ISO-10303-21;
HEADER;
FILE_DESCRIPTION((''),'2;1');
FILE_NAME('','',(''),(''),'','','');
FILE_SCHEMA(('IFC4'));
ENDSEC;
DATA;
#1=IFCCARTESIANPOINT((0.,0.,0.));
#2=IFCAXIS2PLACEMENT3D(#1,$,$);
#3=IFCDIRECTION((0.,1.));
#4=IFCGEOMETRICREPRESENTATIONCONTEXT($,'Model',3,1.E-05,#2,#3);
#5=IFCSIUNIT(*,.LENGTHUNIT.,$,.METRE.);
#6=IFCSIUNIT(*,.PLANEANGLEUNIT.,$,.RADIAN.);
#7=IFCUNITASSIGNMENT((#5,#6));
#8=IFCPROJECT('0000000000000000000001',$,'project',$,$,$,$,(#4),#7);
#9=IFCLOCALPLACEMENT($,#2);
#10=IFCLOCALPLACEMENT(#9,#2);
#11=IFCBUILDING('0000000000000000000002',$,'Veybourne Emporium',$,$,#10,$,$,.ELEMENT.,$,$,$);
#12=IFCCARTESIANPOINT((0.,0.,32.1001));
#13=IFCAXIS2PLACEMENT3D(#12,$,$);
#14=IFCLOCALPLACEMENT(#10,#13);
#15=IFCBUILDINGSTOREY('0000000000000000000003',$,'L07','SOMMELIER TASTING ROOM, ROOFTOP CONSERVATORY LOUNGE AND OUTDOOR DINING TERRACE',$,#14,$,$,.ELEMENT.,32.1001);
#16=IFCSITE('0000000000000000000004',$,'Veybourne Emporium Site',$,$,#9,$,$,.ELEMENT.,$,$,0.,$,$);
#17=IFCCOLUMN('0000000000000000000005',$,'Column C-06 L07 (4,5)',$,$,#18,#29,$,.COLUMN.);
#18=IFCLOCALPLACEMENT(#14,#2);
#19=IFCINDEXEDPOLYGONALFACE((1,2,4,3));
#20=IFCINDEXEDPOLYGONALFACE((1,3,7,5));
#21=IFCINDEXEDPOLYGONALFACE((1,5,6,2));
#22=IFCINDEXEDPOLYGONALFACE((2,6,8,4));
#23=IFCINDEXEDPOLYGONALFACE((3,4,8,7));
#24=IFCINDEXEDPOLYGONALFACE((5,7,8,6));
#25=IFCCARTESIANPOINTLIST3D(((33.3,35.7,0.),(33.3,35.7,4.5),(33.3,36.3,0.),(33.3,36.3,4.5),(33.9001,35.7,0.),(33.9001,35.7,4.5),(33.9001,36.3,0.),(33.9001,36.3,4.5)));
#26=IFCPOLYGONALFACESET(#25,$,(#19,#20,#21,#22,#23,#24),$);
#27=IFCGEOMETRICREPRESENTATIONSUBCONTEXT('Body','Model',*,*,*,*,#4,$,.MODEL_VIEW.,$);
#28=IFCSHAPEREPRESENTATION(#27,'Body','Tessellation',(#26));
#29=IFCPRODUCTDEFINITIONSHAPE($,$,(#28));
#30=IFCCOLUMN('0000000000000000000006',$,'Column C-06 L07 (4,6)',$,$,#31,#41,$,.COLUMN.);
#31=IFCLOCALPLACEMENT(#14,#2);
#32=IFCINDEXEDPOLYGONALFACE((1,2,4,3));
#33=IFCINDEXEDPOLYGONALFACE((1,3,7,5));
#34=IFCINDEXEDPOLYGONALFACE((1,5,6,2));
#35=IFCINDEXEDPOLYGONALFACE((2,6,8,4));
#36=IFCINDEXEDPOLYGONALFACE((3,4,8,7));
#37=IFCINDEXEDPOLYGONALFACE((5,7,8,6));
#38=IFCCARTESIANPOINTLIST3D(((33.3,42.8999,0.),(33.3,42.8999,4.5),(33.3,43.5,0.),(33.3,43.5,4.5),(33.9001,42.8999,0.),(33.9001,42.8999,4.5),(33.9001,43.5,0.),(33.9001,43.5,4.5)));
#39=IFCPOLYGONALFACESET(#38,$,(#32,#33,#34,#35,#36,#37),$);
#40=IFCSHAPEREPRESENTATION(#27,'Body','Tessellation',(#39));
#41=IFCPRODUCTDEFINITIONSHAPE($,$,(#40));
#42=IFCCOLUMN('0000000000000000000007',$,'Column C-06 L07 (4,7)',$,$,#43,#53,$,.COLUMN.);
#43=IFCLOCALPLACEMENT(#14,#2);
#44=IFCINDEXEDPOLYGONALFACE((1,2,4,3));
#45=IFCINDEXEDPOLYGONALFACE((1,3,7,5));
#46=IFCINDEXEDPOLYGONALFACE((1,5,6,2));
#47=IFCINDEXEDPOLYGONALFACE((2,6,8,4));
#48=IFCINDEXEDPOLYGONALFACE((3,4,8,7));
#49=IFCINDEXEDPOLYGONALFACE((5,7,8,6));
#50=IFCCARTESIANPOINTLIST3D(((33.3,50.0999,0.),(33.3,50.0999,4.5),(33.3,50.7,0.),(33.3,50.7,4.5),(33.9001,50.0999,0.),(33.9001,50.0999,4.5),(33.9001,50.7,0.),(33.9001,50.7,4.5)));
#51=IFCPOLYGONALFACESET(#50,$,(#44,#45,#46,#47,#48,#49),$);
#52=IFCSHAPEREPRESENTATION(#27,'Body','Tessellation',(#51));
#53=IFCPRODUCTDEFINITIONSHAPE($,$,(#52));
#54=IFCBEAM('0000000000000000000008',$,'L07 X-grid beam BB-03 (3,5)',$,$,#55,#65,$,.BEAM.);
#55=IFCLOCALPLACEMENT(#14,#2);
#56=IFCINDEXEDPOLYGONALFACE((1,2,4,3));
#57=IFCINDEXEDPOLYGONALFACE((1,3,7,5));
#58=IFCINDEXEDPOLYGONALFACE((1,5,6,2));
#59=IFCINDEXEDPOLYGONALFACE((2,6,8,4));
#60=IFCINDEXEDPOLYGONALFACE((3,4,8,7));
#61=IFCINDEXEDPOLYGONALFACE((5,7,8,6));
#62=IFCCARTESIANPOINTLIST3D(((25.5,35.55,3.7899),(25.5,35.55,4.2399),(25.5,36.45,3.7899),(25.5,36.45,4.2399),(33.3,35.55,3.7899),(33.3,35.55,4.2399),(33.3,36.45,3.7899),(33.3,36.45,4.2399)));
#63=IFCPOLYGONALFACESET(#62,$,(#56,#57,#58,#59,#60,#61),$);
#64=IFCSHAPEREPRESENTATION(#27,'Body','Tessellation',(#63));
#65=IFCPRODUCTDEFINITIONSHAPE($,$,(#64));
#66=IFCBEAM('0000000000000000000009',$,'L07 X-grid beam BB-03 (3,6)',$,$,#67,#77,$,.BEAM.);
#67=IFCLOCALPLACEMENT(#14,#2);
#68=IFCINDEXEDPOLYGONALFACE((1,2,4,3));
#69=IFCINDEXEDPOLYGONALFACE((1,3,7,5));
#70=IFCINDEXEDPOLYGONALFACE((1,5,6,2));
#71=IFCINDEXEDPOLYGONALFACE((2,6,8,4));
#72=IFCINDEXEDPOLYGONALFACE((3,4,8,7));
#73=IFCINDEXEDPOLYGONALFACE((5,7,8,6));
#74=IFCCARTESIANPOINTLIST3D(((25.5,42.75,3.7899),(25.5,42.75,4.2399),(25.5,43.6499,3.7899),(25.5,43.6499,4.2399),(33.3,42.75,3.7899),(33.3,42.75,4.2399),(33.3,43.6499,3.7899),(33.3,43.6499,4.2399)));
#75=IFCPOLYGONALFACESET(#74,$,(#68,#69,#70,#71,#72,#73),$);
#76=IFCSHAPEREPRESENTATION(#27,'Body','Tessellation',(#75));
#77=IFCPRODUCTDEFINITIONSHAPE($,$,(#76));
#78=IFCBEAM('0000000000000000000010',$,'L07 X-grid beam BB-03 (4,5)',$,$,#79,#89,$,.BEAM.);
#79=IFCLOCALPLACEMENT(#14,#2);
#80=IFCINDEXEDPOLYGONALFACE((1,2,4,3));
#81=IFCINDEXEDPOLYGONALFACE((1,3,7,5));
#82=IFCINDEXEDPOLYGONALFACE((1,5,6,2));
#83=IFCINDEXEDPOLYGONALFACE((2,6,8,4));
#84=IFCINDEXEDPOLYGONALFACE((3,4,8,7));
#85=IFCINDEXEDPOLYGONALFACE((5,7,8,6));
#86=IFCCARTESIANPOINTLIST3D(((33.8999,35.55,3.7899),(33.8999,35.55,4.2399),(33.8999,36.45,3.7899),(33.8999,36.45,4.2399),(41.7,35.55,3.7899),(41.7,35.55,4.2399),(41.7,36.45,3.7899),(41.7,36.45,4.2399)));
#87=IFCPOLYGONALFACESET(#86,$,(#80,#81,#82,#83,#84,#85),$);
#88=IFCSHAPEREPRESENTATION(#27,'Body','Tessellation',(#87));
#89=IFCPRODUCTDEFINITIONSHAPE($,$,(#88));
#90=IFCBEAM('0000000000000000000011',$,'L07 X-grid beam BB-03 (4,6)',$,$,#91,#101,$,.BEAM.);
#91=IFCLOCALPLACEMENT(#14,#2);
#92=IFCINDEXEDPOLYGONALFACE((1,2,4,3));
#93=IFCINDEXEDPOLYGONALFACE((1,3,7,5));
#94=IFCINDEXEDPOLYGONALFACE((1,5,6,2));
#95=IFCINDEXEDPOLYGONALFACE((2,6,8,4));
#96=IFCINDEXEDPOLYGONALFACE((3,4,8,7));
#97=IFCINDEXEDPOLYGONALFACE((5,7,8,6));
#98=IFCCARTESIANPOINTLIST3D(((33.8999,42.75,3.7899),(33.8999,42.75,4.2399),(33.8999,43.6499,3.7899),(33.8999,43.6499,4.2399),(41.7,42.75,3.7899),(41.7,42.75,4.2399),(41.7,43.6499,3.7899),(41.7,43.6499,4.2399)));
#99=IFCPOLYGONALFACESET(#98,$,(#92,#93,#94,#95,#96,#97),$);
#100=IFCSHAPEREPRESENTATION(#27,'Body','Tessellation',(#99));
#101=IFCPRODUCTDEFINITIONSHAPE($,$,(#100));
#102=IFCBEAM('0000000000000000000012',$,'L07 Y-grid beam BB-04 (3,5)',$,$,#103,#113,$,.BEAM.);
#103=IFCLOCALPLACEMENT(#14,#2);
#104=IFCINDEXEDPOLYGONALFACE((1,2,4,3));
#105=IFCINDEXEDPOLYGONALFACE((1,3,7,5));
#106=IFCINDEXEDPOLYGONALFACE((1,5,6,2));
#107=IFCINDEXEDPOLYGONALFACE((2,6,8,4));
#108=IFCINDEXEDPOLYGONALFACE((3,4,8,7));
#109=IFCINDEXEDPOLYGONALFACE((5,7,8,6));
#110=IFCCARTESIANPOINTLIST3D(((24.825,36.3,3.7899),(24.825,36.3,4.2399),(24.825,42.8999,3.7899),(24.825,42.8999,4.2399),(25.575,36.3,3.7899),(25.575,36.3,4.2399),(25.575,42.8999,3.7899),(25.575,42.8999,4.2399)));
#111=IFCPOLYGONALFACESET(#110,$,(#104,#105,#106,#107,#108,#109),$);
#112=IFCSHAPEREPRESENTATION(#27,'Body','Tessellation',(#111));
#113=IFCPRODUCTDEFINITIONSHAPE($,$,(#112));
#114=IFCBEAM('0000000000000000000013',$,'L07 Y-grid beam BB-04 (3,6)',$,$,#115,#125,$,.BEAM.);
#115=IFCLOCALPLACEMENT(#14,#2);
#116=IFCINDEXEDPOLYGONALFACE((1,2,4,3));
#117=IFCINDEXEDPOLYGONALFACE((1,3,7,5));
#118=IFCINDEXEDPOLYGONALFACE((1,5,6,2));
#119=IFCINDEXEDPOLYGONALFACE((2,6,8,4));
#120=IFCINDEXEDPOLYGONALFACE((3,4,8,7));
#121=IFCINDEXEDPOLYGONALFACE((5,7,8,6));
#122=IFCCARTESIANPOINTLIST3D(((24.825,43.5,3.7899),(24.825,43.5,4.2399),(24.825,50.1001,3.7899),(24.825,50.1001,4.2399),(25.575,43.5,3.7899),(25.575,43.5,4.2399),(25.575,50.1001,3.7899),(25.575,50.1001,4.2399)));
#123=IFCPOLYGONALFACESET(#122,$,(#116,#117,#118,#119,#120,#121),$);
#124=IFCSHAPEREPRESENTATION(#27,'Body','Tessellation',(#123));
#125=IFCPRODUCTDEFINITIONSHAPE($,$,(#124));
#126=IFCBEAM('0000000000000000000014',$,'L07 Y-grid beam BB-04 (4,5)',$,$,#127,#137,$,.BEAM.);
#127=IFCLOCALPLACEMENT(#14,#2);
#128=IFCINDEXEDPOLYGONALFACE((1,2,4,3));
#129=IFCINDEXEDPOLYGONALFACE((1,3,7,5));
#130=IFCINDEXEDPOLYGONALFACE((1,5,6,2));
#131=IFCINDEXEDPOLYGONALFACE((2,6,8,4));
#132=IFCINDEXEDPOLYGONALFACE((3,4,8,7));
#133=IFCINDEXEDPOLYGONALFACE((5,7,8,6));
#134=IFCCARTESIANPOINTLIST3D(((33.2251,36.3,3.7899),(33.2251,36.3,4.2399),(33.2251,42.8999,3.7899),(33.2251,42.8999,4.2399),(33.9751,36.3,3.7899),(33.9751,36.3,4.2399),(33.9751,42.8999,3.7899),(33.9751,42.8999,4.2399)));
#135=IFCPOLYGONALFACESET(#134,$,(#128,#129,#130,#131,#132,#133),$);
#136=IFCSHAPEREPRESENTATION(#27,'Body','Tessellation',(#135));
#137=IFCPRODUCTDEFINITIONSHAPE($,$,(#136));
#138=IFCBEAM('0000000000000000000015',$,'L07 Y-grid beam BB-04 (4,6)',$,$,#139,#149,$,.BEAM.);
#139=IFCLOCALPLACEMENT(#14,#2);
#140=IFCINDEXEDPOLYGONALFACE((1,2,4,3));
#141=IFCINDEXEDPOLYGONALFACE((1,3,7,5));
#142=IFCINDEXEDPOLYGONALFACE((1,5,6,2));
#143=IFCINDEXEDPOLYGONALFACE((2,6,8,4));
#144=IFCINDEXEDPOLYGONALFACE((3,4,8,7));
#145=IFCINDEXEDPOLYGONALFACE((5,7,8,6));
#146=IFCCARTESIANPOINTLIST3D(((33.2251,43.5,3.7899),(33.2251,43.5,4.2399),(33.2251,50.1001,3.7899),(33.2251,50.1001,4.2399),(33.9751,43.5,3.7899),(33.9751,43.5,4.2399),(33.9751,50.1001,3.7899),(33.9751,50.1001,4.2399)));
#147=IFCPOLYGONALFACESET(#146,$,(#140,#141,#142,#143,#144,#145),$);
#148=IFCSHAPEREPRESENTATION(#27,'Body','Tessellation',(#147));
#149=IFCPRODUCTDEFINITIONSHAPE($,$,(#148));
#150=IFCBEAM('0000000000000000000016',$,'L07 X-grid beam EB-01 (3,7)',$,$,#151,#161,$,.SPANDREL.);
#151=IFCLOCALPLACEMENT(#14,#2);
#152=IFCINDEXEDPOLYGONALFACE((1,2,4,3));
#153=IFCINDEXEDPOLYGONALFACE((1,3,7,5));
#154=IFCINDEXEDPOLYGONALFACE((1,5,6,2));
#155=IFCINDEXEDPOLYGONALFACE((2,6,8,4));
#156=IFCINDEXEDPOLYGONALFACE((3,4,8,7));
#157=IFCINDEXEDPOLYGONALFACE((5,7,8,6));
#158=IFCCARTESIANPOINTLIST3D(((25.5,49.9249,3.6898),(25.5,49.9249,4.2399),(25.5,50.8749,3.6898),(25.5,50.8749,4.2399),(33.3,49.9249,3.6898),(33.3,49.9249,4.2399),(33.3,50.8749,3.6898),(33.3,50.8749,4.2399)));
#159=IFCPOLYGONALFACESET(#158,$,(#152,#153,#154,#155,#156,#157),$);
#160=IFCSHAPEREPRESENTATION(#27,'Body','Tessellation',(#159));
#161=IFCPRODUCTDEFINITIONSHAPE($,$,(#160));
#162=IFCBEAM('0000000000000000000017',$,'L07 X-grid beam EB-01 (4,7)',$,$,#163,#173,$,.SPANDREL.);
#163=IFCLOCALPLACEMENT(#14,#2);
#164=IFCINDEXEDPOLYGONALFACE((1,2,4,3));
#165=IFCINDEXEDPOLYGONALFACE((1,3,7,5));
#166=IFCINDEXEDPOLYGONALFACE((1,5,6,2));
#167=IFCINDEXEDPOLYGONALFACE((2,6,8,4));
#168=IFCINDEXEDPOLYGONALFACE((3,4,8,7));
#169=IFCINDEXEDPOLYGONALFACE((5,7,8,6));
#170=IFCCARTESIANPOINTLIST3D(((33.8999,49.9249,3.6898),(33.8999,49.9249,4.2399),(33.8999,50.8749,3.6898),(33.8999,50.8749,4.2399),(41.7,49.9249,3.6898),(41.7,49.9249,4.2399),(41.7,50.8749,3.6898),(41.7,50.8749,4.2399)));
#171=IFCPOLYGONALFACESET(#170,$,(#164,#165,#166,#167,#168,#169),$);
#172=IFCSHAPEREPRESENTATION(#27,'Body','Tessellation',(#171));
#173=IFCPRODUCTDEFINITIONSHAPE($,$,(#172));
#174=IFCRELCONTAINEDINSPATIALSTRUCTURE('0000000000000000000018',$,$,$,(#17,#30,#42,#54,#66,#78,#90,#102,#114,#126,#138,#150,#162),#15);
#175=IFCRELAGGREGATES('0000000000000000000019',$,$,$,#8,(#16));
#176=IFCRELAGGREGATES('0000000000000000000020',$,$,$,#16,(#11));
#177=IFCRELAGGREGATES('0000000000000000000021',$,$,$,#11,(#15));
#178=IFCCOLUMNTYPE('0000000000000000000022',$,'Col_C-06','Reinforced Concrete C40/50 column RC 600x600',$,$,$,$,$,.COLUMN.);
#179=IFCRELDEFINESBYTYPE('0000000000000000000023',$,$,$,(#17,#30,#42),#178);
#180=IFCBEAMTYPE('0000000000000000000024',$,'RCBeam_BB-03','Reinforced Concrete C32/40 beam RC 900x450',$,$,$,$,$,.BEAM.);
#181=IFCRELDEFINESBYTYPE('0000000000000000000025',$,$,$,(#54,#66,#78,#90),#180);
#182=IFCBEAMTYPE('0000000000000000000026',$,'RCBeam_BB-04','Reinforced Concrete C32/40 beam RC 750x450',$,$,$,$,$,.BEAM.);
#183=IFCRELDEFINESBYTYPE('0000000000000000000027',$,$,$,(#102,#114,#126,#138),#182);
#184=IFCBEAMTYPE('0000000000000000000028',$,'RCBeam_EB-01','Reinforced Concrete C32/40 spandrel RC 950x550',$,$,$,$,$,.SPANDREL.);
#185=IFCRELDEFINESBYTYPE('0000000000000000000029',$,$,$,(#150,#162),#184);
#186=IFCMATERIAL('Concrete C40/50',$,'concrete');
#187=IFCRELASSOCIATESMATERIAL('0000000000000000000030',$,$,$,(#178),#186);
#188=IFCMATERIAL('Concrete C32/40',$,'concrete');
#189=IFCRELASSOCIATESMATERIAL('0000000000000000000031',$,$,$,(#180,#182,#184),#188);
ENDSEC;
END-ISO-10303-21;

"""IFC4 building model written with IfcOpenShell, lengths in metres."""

from ifc_helpers import new_model, si_unit, direction, frame, origin, origin_2d, place, context, subcontext, project, spatial, rectangle, extrude, material, material_profile, profile_set, type_object, element, save


model = new_model("IFC4")

# Units and contexts
model_context = context("Model", 3, precision=1e-05, world=origin(), true_north=direction((0.0, 1.0)))
body_context = subcontext(model_context, "Body", "Model", "MODEL_VIEW")
ifc_project = project(units=[si_unit("LENGTHUNIT", "METRE"), si_unit("PLANEANGLEUNIT", "RADIAN")], contexts=[model_context])

# Site, building, storey
site_placement = place(None, origin())
site = spatial("IfcSite", under=ifc_project, at=site_placement, Name="Veybourne Emporium Site", CompositionType="ELEMENT", RefElevation=0.0)
building_placement = place(site_placement, origin())
building = spatial("IfcBuilding", under=site, at=building_placement, Name="Veybourne Emporium", CompositionType="ELEMENT")
storey_placement = place(building_placement, frame((0.0, 0.0, 32.1001)))
storey = spatial("IfcBuildingStorey", under=building, at=storey_placement, Name="L07", Description="SOMMELIER TASTING ROOM, ROOFTOP CONSERVATORY LOUNGE AND OUTDOOR DINING TERRACE", CompositionType="ELEMENT", Elevation=32.1001)

# Columns
ifc_material_1 = material(Name="Concrete C40/50", Category="concrete")
ifc_material_profile_1 = material_profile(ifc_material_1, rectangle(XDim=0.6001, YDim=0.6001, at=origin_2d()), Name="RC 600x600")
ifc_profile_set_1 = profile_set([ifc_material_profile_1], Name="Concrete C40/50")
column_type = type_object("IfcColumnType", Name="Col_C-06", Description="Reinforced Concrete C40/50 column RC 600x600", PredefinedType="COLUMN", material=ifc_profile_set_1)
for number, where, z_axis, x_axis, name in (
    (1, (33.6001, 36.0, 0.0), (0.0, 0.0, 1.0), (1.0, 0.0, 0.0), "Column C-06 L07 (4,5)"),
    (2, (33.6001, 43.2, 0.0), (0.0, 0.0, 1.0), (1.0, 0.0, 0.0), "Column C-06 L07 (4,6)"),
    (3, (33.6001, 50.3999, 0.0), (0.0, 0.0, 1.0), (1.0, 0.0, 0.0), "Column C-06 L07 (4,7)"),
):
    element("IfcColumn", number, at=place(storey_placement, frame(where, z_axis=z_axis, x_axis=x_axis)), inside=storey, type_object=column_type, Name=name, PredefinedType="COLUMN", context=body_context, shape_type="SweptSolid", body=[
        extrude(rectangle(XDim=0.6001, YDim=0.6001, at=origin_2d()), origin(), (0.0, 0.0, 1.0), 4.5),
    ])

# Beams
ifc_material_2 = material(Name="Concrete C32/40", Category="concrete")
ifc_material_profile_2 = material_profile(ifc_material_2, rectangle(XDim=0.8999, YDim=0.45, at=origin_2d()), Name="RC 900x450")
ifc_profile_set_2 = profile_set([ifc_material_profile_2], Name="Concrete C32/40")
beam_type_1 = type_object("IfcBeamType", Name="RCBeam_BB-03", Description="Reinforced Concrete C32/40 beam RC 900x450", PredefinedType="BEAM", material=ifc_profile_set_2)
for number, where, z_axis, x_axis, name in (
    (4, (25.5, 36.0, 4.0149), (1.0, 0.0, 0.0), (0.0, 1.0, 0.0), "L07 X-grid beam BB-03 (3,5)"),
    (5, (25.5, 43.2, 4.0149), (1.0, 0.0, 0.0), (0.0, 1.0, 0.0), "L07 X-grid beam BB-03 (3,6)"),
    (6, (33.8999, 36.0, 4.0149), (1.0, 0.0, 0.0), (0.0, 1.0, 0.0), "L07 X-grid beam BB-03 (4,5)"),
    (7, (33.8999, 43.2, 4.0149), (1.0, 0.0, 0.0), (0.0, 1.0, 0.0), "L07 X-grid beam BB-03 (4,6)"),
):
    element("IfcBeam", number, at=place(storey_placement, frame(where, z_axis=z_axis, x_axis=x_axis)), inside=storey, type_object=beam_type_1, Name=name, PredefinedType="BEAM", context=body_context, shape_type="SweptSolid", body=[
        extrude(rectangle(XDim=0.8999, YDim=0.45, at=origin_2d()), origin(), (0.0, 0.0, 1.0), 7.8),
    ])
ifc_material_profile_3 = material_profile(ifc_material_2, rectangle(XDim=0.75, YDim=0.45, at=origin_2d()), Name="RC 750x450")
ifc_profile_set_3 = profile_set([ifc_material_profile_3], Name="Concrete C32/40")
beam_type_2 = type_object("IfcBeamType", Name="RCBeam_BB-04", Description="Reinforced Concrete C32/40 beam RC 750x450", PredefinedType="BEAM", material=ifc_profile_set_3)
beam_1_placement = place(storey_placement, frame((25.2, 36.3, 4.0149), z_axis=(0.0, 1.0, 0.0), x_axis=(-1.0, 0.0, 0.0)))
element("IfcBeam", 8, at=beam_1_placement, inside=storey, type_object=beam_type_2, Name="L07 Y-grid beam BB-04 (3,5)", PredefinedType="BEAM", context=body_context, shape_type="SweptSolid", body=[
    extrude(rectangle(XDim=0.75, YDim=0.45, at=origin_2d()), origin(), (0.0, 0.0, 1.0), 6.5999),
])
beam_2_placement = place(storey_placement, frame((25.2, 43.5, 4.0149), z_axis=(0.0, 1.0, 0.0), x_axis=(-1.0, 0.0, 0.0)))
element("IfcBeam", 9, at=beam_2_placement, inside=storey, type_object=beam_type_2, Name="L07 Y-grid beam BB-04 (3,6)", PredefinedType="BEAM", context=body_context, shape_type="SweptSolid", body=[
    extrude(rectangle(XDim=0.75, YDim=0.45, at=origin_2d()), origin(), (0.0, 0.0, 1.0), 6.6001),
])
beam_3_placement = place(storey_placement, frame((33.6001, 36.3, 4.0149), z_axis=(0.0, 1.0, 0.0), x_axis=(-1.0, 0.0, 0.0)))
element("IfcBeam", 10, at=beam_3_placement, inside=storey, type_object=beam_type_2, Name="L07 Y-grid beam BB-04 (4,5)", PredefinedType="BEAM", context=body_context, shape_type="SweptSolid", body=[
    extrude(rectangle(XDim=0.75, YDim=0.45, at=origin_2d()), origin(), (0.0, 0.0, 1.0), 6.5999),
])
beam_4_placement = place(storey_placement, frame((33.6001, 43.5, 4.0149), z_axis=(0.0, 1.0, 0.0), x_axis=(-1.0, 0.0, 0.0)))
element("IfcBeam", 11, at=beam_4_placement, inside=storey, type_object=beam_type_2, Name="L07 Y-grid beam BB-04 (4,6)", PredefinedType="BEAM", context=body_context, shape_type="SweptSolid", body=[
    extrude(rectangle(XDim=0.75, YDim=0.45, at=origin_2d()), origin(), (0.0, 0.0, 1.0), 6.6001),
])
ifc_material_profile_4 = material_profile(ifc_material_2, rectangle(XDim=0.95, YDim=0.55, at=origin_2d()), Name="RC 950x550")
ifc_profile_set_4 = profile_set([ifc_material_profile_4], Name="Concrete C32/40")
beam_type_3 = type_object("IfcBeamType", Name="RCBeam_EB-01", Description="Reinforced Concrete C32/40 spandrel RC 950x550", PredefinedType="SPANDREL", material=ifc_profile_set_4)
for number, where, z_axis, x_axis, name in (
    (12, (25.5, 50.3999, 3.9648), (1.0, 0.0, 0.0), (0.0, 1.0, 0.0), "L07 X-grid beam EB-01 (3,7)"),
    (13, (33.8999, 50.3999, 3.9648), (1.0, 0.0, 0.0), (0.0, 1.0, 0.0), "L07 X-grid beam EB-01 (4,7)"),
):
    element("IfcBeam", number, at=place(storey_placement, frame(where, z_axis=z_axis, x_axis=x_axis)), inside=storey, type_object=beam_type_3, Name=name, PredefinedType="SPANDREL", context=body_context, shape_type="SweptSolid", body=[
        extrude(rectangle(XDim=0.95, YDim=0.55, at=origin_2d()), origin(), (0.0, 0.0, 1.0), 7.8),
    ])

save(model, "model.ifc")
